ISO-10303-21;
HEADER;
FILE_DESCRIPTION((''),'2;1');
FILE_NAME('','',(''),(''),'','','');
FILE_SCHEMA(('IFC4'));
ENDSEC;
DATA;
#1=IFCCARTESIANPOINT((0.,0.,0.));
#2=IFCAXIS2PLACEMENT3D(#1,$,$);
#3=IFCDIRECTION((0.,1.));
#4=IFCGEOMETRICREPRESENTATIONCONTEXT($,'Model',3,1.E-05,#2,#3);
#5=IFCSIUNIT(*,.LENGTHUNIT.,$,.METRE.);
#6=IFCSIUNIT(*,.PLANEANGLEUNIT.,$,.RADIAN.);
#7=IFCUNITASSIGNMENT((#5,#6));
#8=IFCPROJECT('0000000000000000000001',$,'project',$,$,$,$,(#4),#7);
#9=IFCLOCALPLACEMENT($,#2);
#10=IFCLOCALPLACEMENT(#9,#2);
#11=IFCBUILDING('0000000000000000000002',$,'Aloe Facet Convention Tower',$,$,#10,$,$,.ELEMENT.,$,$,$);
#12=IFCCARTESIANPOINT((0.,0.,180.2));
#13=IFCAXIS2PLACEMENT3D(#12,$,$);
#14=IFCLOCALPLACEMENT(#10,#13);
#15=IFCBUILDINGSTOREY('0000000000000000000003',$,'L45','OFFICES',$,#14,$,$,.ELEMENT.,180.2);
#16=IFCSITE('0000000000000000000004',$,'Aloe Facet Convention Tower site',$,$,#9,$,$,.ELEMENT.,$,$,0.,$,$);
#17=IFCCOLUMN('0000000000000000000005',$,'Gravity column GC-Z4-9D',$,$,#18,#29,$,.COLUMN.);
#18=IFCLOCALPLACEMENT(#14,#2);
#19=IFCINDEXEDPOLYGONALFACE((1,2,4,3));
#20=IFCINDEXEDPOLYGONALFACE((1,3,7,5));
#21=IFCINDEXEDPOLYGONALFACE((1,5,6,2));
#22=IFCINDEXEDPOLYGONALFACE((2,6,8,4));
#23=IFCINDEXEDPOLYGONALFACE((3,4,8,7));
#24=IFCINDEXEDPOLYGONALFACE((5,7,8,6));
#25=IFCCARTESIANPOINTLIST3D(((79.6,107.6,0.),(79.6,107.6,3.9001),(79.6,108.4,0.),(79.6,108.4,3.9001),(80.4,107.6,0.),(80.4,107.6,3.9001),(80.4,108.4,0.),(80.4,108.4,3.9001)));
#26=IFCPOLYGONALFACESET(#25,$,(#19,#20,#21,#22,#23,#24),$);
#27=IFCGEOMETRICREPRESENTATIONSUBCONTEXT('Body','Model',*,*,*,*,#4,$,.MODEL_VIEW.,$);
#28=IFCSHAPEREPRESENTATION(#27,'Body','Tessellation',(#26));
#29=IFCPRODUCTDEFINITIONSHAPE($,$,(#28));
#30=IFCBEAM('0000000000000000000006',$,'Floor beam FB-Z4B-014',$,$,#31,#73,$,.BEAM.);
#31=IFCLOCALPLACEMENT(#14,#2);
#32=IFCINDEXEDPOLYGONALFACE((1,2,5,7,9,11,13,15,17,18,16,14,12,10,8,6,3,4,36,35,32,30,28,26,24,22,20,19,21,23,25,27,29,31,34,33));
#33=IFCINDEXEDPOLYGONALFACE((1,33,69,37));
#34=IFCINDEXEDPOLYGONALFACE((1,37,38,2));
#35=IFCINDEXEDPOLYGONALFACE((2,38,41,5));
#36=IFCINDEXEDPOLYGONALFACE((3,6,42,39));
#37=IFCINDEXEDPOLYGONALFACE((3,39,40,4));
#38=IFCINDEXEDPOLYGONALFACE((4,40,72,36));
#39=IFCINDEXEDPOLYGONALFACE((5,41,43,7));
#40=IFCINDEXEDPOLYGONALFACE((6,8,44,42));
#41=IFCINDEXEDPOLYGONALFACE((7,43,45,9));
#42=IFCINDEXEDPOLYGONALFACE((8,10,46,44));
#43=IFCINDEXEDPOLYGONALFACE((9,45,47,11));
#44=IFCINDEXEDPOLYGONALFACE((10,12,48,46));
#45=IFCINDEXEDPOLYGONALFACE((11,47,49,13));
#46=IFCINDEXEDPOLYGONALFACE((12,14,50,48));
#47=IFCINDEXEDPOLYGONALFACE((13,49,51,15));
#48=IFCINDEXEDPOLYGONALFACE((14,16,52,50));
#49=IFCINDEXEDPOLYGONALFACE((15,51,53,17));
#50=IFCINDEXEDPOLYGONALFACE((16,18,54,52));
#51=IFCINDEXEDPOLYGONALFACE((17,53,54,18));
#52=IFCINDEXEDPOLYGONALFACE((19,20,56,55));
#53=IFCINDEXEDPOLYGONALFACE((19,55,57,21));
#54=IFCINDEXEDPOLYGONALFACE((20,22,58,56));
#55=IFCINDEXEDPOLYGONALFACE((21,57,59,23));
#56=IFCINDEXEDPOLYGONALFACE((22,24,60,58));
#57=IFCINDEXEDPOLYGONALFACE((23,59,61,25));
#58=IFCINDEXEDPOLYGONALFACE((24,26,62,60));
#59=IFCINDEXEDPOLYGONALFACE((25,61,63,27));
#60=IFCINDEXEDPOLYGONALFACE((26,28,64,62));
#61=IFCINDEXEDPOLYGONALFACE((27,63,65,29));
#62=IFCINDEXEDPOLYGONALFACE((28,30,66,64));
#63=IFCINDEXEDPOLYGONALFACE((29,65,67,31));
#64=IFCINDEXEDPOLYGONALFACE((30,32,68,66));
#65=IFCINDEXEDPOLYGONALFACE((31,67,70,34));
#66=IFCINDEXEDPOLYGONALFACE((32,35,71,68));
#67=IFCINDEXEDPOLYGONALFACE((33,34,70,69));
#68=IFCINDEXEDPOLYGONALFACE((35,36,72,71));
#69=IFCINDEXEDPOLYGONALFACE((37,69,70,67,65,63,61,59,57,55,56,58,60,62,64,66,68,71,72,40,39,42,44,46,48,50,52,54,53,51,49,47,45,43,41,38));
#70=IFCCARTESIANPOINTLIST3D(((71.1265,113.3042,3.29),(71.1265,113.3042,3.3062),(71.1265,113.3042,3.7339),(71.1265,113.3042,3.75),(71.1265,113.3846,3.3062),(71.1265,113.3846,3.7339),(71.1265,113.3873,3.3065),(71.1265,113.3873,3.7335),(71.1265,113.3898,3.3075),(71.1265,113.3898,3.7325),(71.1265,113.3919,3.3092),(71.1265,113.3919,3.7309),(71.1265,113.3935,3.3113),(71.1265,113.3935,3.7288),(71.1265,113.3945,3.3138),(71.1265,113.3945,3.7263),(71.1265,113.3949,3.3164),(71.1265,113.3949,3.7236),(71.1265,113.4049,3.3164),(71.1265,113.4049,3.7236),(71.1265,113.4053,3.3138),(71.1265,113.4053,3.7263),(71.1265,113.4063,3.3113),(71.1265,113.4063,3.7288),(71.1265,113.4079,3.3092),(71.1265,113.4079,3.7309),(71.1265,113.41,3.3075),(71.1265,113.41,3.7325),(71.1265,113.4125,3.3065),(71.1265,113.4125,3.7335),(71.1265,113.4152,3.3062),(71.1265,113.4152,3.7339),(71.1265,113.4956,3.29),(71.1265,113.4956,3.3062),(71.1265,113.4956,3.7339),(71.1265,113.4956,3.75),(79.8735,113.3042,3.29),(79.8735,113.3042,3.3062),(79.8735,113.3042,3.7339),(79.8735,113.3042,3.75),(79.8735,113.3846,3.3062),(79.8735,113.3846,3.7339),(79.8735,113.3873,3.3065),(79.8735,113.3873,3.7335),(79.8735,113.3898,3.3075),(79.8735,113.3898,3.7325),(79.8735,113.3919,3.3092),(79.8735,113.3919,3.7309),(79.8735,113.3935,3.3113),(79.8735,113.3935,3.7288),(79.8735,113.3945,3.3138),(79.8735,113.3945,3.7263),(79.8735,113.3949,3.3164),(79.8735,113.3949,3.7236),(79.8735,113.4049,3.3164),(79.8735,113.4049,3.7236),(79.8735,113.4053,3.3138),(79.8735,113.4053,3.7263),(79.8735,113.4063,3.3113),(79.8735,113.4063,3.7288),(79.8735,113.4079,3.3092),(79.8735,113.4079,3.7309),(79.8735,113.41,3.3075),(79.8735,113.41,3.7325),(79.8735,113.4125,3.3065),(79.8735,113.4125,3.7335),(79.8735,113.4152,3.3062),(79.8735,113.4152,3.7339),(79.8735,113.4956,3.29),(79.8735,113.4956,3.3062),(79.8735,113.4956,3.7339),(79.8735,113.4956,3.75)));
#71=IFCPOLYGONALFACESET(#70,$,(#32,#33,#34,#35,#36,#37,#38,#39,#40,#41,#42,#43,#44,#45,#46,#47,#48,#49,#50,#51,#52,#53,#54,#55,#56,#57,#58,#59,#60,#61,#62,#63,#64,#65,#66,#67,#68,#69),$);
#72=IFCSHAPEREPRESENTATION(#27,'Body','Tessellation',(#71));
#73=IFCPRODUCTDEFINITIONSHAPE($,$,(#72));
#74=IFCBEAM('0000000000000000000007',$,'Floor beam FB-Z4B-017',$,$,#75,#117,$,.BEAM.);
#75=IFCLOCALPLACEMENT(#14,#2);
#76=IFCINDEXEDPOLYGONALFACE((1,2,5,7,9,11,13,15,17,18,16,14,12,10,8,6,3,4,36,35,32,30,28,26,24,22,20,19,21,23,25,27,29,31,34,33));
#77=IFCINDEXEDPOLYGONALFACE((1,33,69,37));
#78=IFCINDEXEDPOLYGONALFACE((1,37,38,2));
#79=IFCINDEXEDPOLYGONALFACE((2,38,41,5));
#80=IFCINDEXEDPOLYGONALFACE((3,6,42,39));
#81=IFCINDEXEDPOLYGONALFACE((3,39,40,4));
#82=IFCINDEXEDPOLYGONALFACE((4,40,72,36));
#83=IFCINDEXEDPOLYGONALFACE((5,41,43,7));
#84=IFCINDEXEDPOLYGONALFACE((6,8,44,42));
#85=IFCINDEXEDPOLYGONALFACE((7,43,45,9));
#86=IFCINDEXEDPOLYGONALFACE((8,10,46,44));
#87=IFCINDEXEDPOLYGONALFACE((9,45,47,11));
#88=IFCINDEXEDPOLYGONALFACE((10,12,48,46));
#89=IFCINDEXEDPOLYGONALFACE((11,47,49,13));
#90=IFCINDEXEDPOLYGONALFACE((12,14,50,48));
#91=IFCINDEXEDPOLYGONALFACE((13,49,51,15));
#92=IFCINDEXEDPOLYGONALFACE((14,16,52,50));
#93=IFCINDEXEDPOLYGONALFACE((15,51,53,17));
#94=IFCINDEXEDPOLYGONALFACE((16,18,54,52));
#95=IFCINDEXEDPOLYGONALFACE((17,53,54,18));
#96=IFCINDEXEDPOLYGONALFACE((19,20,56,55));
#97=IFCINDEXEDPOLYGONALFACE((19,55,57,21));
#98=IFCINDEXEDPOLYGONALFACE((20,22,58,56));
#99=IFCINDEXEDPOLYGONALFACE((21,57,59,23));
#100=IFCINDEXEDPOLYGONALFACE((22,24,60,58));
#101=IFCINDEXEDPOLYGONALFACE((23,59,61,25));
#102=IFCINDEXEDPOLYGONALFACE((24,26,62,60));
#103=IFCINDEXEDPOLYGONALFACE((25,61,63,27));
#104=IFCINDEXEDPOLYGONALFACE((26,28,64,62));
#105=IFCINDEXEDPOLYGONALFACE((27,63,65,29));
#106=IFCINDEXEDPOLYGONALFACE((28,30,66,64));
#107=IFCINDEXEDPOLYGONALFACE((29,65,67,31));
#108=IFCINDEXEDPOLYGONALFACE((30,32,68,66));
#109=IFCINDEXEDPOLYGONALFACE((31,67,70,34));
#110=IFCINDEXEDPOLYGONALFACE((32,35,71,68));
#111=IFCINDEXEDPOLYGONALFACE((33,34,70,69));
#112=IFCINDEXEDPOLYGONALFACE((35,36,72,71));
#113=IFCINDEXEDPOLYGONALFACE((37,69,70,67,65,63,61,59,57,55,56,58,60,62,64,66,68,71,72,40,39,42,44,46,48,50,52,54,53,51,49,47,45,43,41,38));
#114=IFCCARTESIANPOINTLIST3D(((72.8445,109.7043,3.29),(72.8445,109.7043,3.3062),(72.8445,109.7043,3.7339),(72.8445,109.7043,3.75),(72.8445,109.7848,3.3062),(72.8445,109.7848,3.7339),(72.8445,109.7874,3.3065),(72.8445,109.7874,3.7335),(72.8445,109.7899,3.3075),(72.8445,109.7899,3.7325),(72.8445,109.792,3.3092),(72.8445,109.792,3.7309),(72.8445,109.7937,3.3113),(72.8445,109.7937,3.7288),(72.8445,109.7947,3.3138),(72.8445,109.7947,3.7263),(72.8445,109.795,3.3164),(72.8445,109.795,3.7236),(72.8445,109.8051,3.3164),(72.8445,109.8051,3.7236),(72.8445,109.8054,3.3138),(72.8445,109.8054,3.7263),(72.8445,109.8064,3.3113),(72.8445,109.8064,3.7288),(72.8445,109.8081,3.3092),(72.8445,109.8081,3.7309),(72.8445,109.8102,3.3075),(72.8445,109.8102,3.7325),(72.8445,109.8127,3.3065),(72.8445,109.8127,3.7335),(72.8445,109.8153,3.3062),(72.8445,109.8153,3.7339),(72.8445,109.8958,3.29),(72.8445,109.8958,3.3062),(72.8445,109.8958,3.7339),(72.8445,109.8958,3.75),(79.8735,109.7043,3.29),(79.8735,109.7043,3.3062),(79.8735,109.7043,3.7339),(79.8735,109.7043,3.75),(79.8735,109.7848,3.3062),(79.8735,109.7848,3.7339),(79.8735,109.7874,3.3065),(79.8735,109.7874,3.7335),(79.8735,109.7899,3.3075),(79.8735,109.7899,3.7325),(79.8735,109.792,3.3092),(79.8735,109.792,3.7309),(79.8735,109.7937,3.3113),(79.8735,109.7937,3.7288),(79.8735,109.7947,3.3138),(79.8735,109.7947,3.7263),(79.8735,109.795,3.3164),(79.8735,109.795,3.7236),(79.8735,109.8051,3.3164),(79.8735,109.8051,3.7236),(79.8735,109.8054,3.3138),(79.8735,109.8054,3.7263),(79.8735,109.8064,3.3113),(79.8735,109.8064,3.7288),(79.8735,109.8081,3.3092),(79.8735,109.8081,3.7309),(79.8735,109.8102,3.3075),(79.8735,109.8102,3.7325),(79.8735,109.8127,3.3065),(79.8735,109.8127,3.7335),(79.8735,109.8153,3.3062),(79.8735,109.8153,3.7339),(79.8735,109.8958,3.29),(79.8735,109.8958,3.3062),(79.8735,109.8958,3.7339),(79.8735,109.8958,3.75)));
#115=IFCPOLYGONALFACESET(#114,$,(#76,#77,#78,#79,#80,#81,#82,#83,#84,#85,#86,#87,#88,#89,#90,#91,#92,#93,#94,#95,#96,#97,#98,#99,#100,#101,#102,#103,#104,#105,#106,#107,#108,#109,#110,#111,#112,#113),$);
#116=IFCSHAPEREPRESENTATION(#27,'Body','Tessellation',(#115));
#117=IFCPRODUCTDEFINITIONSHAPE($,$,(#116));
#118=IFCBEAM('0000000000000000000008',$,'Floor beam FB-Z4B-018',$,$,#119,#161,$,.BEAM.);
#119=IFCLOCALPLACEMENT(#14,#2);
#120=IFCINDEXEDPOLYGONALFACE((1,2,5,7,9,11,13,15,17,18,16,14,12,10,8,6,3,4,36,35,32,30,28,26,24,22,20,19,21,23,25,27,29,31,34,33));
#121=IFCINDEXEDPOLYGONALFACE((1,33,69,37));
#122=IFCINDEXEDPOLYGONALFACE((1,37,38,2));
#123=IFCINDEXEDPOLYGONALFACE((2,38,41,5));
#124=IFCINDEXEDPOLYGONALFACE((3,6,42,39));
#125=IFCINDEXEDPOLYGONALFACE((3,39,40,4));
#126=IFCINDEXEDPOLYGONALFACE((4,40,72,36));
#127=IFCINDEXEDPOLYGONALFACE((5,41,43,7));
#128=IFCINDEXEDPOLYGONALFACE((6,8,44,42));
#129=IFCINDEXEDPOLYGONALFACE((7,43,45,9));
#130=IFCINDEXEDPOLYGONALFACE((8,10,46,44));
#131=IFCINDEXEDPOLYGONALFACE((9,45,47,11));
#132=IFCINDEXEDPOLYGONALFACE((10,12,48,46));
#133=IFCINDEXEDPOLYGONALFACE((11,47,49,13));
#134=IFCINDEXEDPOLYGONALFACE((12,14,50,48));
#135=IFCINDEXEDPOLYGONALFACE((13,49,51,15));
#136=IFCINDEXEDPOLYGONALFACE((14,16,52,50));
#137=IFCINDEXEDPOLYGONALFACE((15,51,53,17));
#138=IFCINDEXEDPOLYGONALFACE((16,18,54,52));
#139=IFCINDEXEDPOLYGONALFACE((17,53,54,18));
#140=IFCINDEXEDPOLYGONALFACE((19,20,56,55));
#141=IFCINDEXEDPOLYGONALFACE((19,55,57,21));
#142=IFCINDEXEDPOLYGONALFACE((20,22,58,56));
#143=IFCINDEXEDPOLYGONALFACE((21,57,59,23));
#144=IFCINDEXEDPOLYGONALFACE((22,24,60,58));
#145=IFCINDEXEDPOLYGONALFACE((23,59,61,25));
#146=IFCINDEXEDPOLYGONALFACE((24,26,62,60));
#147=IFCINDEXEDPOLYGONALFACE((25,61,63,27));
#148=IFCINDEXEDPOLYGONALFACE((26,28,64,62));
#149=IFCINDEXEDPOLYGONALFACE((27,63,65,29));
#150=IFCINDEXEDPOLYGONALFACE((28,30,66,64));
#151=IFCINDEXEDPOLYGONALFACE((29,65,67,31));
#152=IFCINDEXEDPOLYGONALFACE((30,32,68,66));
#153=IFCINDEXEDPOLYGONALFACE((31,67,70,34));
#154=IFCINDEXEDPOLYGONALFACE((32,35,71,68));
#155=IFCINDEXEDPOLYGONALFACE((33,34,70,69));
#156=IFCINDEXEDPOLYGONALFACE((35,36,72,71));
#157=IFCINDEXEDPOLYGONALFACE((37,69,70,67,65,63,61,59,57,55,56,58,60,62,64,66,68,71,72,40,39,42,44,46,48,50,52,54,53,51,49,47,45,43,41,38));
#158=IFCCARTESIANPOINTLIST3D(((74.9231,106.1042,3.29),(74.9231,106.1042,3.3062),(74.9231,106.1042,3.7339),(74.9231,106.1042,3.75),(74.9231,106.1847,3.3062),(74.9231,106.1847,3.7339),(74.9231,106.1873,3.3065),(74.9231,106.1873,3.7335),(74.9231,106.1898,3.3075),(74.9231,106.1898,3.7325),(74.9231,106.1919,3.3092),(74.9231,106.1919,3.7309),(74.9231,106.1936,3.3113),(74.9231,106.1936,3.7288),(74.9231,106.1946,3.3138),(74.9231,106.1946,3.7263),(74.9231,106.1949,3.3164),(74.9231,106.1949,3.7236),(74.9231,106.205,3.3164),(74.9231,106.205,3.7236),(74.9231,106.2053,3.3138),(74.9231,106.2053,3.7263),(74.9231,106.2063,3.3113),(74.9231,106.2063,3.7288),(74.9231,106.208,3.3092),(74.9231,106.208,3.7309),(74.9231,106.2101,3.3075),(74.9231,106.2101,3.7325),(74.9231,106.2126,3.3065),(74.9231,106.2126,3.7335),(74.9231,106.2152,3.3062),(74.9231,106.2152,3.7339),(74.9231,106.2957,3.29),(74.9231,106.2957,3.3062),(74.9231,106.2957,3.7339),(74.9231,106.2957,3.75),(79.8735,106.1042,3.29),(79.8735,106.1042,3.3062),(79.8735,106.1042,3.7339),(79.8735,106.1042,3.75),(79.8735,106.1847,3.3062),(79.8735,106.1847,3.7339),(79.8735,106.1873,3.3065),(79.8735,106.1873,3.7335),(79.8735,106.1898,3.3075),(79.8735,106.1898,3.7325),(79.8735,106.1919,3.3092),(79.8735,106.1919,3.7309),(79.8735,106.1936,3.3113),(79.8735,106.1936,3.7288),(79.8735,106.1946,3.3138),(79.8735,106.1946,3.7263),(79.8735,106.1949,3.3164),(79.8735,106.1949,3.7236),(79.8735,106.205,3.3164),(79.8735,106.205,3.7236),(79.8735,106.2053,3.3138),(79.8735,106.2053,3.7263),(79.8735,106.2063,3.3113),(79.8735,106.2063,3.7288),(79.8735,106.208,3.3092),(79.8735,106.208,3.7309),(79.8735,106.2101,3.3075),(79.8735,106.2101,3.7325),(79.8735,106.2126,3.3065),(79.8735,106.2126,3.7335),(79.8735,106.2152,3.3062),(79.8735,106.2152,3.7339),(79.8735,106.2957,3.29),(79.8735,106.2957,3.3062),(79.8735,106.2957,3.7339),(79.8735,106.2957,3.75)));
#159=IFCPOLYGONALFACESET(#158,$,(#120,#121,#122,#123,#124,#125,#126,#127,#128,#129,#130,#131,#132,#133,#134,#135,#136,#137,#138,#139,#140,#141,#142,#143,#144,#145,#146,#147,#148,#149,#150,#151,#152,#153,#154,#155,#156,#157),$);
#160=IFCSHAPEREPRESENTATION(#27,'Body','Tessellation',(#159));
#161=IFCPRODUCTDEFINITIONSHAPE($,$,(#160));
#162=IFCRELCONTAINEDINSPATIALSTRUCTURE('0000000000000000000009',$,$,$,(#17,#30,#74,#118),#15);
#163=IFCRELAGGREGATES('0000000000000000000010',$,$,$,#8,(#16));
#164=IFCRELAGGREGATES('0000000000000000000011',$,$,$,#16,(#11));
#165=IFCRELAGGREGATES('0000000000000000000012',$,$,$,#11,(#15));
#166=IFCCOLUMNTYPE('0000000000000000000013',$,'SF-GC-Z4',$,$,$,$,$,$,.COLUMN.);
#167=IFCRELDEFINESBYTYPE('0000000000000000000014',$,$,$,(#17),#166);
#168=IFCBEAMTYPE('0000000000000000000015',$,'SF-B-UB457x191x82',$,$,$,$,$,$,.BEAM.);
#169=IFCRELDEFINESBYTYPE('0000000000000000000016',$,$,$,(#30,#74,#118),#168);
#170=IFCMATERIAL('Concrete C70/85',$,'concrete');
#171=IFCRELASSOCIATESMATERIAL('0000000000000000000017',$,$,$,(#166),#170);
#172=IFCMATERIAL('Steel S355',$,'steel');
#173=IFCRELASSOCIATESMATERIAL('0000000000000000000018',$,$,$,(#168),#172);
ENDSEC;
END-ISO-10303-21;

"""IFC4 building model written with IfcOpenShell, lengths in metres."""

from ifc_helpers import new_model, si_unit, direction, frame, origin, origin_2d, place, context, subcontext, project, spatial, rectangle, i_section, extrude, material, material_profile, profile_set, type_object, element, save


model = new_model("IFC4")

# Units and contexts
model_context = context("Model", 3, precision=1e-05, world=origin(), true_north=direction((0.0, 1.0)))
body_context = subcontext(model_context, "Body", "Model", "MODEL_VIEW")
ifc_project = project(units=[si_unit("LENGTHUNIT", "METRE"), si_unit("PLANEANGLEUNIT", "RADIAN")], contexts=[model_context])

# Site, building, storey
site_placement = place(None, origin())
site = spatial("IfcSite", under=ifc_project, at=site_placement, Name="Aloe Facet Convention Tower site", CompositionType="ELEMENT", RefElevation=0.0)
building_placement = place(site_placement, origin())
building = spatial("IfcBuilding", under=site, at=building_placement, Name="Aloe Facet Convention Tower", CompositionType="ELEMENT")
storey_placement = place(building_placement, frame((0.0, 0.0, 180.2)))
storey = spatial("IfcBuildingStorey", under=building, at=storey_placement, Name="L45", Description="OFFICES", CompositionType="ELEMENT", Elevation=180.2)

# Column
ifc_material_1 = material(Name="Concrete C70/85", Category="concrete")
ifc_material_profile_1 = material_profile(ifc_material_1, rectangle(XDim=0.8, YDim=0.8, at=origin_2d()), Name="SF-GC-Z4")
ifc_profile_set_1 = profile_set([ifc_material_profile_1], Name="Concrete C70/85")
column_type = type_object("IfcColumnType", Name="SF-GC-Z4", PredefinedType="COLUMN", material=ifc_profile_set_1)
column_placement = place(storey_placement, frame((80.0, 108.0, 0.0), z_axis=(0.0, 0.0, 1.0), x_axis=(1.0, 0.0, 0.0)))
element("IfcColumn", 1, at=column_placement, inside=storey, type_object=column_type, Name="Gravity column GC-Z4-9D", PredefinedType="COLUMN", context=body_context, shape_type="SweptSolid", body=[
    extrude(rectangle(XDim=0.8, YDim=0.8, at=origin_2d()), origin(), (0.0, 0.0, 1.0), 3.9001),
])

# Beams
ifc_material_2 = material(Name="Steel S355", Category="steel")
ifc_material_profile_2 = material_profile(ifc_material_2, i_section(OverallWidth=0.1914, OverallDepth=0.46, WebThickness=0.01, FlangeThickness=0.0161, FilletRadius=0.0103, at=origin_2d()), Name="UB 457x191x82")
ifc_profile_set_2 = profile_set([ifc_material_profile_2], Name="Steel S355")
beam_type_1 = type_object("IfcBeamType", Name="SF-B-UB457x191x82", PredefinedType="BEAM", material=ifc_profile_set_2)
beam_1_placement = place(storey_placement, frame((71.1265, 113.3999, 3.52), z_axis=(1.0, 0.0, 0.0), x_axis=(0.0, 1.0, 0.0)))
element("IfcBeam", 2, at=beam_1_placement, inside=storey, type_object=beam_type_1, Name="Floor beam FB-Z4B-014", PredefinedType="BEAM", context=body_context, shape_type="SweptSolid", body=[
    extrude(i_section(OverallWidth=0.1914, OverallDepth=0.46, WebThickness=0.01, FlangeThickness=0.0161, FilletRadius=0.0103, at=origin_2d()), origin(), (0.0, 0.0, 1.0), 8.7471),
])
beam_2_placement = place(storey_placement, frame((72.8445, 109.8, 3.52), z_axis=(1.0, 0.0, 0.0), x_axis=(0.0, 1.0, 0.0)))
element("IfcBeam", 3, at=beam_2_placement, inside=storey, type_object=beam_type_1, Name="Floor beam FB-Z4B-017", PredefinedType="BEAM", context=body_context, shape_type="SweptSolid", body=[
    extrude(i_section(OverallWidth=0.1914, OverallDepth=0.46, WebThickness=0.01, FlangeThickness=0.0161, FilletRadius=0.0103, at=origin_2d()), origin(), (0.0, 0.0, 1.0), 7.0291),
])
beam_3_placement = place(storey_placement, frame((74.9231, 106.2, 3.52), z_axis=(1.0, 0.0, 0.0), x_axis=(0.0, 1.0, 0.0)))
element("IfcBeam", 4, at=beam_3_placement, inside=storey, type_object=beam_type_1, Name="Floor beam FB-Z4B-018", PredefinedType="BEAM", context=body_context, shape_type="SweptSolid", body=[
    extrude(i_section(OverallWidth=0.1914, OverallDepth=0.46, WebThickness=0.01, FlangeThickness=0.0161, FilletRadius=0.0103, at=origin_2d()), origin(), (0.0, 0.0, 1.0), 4.9504),
])

save(model, "model.ifc")
